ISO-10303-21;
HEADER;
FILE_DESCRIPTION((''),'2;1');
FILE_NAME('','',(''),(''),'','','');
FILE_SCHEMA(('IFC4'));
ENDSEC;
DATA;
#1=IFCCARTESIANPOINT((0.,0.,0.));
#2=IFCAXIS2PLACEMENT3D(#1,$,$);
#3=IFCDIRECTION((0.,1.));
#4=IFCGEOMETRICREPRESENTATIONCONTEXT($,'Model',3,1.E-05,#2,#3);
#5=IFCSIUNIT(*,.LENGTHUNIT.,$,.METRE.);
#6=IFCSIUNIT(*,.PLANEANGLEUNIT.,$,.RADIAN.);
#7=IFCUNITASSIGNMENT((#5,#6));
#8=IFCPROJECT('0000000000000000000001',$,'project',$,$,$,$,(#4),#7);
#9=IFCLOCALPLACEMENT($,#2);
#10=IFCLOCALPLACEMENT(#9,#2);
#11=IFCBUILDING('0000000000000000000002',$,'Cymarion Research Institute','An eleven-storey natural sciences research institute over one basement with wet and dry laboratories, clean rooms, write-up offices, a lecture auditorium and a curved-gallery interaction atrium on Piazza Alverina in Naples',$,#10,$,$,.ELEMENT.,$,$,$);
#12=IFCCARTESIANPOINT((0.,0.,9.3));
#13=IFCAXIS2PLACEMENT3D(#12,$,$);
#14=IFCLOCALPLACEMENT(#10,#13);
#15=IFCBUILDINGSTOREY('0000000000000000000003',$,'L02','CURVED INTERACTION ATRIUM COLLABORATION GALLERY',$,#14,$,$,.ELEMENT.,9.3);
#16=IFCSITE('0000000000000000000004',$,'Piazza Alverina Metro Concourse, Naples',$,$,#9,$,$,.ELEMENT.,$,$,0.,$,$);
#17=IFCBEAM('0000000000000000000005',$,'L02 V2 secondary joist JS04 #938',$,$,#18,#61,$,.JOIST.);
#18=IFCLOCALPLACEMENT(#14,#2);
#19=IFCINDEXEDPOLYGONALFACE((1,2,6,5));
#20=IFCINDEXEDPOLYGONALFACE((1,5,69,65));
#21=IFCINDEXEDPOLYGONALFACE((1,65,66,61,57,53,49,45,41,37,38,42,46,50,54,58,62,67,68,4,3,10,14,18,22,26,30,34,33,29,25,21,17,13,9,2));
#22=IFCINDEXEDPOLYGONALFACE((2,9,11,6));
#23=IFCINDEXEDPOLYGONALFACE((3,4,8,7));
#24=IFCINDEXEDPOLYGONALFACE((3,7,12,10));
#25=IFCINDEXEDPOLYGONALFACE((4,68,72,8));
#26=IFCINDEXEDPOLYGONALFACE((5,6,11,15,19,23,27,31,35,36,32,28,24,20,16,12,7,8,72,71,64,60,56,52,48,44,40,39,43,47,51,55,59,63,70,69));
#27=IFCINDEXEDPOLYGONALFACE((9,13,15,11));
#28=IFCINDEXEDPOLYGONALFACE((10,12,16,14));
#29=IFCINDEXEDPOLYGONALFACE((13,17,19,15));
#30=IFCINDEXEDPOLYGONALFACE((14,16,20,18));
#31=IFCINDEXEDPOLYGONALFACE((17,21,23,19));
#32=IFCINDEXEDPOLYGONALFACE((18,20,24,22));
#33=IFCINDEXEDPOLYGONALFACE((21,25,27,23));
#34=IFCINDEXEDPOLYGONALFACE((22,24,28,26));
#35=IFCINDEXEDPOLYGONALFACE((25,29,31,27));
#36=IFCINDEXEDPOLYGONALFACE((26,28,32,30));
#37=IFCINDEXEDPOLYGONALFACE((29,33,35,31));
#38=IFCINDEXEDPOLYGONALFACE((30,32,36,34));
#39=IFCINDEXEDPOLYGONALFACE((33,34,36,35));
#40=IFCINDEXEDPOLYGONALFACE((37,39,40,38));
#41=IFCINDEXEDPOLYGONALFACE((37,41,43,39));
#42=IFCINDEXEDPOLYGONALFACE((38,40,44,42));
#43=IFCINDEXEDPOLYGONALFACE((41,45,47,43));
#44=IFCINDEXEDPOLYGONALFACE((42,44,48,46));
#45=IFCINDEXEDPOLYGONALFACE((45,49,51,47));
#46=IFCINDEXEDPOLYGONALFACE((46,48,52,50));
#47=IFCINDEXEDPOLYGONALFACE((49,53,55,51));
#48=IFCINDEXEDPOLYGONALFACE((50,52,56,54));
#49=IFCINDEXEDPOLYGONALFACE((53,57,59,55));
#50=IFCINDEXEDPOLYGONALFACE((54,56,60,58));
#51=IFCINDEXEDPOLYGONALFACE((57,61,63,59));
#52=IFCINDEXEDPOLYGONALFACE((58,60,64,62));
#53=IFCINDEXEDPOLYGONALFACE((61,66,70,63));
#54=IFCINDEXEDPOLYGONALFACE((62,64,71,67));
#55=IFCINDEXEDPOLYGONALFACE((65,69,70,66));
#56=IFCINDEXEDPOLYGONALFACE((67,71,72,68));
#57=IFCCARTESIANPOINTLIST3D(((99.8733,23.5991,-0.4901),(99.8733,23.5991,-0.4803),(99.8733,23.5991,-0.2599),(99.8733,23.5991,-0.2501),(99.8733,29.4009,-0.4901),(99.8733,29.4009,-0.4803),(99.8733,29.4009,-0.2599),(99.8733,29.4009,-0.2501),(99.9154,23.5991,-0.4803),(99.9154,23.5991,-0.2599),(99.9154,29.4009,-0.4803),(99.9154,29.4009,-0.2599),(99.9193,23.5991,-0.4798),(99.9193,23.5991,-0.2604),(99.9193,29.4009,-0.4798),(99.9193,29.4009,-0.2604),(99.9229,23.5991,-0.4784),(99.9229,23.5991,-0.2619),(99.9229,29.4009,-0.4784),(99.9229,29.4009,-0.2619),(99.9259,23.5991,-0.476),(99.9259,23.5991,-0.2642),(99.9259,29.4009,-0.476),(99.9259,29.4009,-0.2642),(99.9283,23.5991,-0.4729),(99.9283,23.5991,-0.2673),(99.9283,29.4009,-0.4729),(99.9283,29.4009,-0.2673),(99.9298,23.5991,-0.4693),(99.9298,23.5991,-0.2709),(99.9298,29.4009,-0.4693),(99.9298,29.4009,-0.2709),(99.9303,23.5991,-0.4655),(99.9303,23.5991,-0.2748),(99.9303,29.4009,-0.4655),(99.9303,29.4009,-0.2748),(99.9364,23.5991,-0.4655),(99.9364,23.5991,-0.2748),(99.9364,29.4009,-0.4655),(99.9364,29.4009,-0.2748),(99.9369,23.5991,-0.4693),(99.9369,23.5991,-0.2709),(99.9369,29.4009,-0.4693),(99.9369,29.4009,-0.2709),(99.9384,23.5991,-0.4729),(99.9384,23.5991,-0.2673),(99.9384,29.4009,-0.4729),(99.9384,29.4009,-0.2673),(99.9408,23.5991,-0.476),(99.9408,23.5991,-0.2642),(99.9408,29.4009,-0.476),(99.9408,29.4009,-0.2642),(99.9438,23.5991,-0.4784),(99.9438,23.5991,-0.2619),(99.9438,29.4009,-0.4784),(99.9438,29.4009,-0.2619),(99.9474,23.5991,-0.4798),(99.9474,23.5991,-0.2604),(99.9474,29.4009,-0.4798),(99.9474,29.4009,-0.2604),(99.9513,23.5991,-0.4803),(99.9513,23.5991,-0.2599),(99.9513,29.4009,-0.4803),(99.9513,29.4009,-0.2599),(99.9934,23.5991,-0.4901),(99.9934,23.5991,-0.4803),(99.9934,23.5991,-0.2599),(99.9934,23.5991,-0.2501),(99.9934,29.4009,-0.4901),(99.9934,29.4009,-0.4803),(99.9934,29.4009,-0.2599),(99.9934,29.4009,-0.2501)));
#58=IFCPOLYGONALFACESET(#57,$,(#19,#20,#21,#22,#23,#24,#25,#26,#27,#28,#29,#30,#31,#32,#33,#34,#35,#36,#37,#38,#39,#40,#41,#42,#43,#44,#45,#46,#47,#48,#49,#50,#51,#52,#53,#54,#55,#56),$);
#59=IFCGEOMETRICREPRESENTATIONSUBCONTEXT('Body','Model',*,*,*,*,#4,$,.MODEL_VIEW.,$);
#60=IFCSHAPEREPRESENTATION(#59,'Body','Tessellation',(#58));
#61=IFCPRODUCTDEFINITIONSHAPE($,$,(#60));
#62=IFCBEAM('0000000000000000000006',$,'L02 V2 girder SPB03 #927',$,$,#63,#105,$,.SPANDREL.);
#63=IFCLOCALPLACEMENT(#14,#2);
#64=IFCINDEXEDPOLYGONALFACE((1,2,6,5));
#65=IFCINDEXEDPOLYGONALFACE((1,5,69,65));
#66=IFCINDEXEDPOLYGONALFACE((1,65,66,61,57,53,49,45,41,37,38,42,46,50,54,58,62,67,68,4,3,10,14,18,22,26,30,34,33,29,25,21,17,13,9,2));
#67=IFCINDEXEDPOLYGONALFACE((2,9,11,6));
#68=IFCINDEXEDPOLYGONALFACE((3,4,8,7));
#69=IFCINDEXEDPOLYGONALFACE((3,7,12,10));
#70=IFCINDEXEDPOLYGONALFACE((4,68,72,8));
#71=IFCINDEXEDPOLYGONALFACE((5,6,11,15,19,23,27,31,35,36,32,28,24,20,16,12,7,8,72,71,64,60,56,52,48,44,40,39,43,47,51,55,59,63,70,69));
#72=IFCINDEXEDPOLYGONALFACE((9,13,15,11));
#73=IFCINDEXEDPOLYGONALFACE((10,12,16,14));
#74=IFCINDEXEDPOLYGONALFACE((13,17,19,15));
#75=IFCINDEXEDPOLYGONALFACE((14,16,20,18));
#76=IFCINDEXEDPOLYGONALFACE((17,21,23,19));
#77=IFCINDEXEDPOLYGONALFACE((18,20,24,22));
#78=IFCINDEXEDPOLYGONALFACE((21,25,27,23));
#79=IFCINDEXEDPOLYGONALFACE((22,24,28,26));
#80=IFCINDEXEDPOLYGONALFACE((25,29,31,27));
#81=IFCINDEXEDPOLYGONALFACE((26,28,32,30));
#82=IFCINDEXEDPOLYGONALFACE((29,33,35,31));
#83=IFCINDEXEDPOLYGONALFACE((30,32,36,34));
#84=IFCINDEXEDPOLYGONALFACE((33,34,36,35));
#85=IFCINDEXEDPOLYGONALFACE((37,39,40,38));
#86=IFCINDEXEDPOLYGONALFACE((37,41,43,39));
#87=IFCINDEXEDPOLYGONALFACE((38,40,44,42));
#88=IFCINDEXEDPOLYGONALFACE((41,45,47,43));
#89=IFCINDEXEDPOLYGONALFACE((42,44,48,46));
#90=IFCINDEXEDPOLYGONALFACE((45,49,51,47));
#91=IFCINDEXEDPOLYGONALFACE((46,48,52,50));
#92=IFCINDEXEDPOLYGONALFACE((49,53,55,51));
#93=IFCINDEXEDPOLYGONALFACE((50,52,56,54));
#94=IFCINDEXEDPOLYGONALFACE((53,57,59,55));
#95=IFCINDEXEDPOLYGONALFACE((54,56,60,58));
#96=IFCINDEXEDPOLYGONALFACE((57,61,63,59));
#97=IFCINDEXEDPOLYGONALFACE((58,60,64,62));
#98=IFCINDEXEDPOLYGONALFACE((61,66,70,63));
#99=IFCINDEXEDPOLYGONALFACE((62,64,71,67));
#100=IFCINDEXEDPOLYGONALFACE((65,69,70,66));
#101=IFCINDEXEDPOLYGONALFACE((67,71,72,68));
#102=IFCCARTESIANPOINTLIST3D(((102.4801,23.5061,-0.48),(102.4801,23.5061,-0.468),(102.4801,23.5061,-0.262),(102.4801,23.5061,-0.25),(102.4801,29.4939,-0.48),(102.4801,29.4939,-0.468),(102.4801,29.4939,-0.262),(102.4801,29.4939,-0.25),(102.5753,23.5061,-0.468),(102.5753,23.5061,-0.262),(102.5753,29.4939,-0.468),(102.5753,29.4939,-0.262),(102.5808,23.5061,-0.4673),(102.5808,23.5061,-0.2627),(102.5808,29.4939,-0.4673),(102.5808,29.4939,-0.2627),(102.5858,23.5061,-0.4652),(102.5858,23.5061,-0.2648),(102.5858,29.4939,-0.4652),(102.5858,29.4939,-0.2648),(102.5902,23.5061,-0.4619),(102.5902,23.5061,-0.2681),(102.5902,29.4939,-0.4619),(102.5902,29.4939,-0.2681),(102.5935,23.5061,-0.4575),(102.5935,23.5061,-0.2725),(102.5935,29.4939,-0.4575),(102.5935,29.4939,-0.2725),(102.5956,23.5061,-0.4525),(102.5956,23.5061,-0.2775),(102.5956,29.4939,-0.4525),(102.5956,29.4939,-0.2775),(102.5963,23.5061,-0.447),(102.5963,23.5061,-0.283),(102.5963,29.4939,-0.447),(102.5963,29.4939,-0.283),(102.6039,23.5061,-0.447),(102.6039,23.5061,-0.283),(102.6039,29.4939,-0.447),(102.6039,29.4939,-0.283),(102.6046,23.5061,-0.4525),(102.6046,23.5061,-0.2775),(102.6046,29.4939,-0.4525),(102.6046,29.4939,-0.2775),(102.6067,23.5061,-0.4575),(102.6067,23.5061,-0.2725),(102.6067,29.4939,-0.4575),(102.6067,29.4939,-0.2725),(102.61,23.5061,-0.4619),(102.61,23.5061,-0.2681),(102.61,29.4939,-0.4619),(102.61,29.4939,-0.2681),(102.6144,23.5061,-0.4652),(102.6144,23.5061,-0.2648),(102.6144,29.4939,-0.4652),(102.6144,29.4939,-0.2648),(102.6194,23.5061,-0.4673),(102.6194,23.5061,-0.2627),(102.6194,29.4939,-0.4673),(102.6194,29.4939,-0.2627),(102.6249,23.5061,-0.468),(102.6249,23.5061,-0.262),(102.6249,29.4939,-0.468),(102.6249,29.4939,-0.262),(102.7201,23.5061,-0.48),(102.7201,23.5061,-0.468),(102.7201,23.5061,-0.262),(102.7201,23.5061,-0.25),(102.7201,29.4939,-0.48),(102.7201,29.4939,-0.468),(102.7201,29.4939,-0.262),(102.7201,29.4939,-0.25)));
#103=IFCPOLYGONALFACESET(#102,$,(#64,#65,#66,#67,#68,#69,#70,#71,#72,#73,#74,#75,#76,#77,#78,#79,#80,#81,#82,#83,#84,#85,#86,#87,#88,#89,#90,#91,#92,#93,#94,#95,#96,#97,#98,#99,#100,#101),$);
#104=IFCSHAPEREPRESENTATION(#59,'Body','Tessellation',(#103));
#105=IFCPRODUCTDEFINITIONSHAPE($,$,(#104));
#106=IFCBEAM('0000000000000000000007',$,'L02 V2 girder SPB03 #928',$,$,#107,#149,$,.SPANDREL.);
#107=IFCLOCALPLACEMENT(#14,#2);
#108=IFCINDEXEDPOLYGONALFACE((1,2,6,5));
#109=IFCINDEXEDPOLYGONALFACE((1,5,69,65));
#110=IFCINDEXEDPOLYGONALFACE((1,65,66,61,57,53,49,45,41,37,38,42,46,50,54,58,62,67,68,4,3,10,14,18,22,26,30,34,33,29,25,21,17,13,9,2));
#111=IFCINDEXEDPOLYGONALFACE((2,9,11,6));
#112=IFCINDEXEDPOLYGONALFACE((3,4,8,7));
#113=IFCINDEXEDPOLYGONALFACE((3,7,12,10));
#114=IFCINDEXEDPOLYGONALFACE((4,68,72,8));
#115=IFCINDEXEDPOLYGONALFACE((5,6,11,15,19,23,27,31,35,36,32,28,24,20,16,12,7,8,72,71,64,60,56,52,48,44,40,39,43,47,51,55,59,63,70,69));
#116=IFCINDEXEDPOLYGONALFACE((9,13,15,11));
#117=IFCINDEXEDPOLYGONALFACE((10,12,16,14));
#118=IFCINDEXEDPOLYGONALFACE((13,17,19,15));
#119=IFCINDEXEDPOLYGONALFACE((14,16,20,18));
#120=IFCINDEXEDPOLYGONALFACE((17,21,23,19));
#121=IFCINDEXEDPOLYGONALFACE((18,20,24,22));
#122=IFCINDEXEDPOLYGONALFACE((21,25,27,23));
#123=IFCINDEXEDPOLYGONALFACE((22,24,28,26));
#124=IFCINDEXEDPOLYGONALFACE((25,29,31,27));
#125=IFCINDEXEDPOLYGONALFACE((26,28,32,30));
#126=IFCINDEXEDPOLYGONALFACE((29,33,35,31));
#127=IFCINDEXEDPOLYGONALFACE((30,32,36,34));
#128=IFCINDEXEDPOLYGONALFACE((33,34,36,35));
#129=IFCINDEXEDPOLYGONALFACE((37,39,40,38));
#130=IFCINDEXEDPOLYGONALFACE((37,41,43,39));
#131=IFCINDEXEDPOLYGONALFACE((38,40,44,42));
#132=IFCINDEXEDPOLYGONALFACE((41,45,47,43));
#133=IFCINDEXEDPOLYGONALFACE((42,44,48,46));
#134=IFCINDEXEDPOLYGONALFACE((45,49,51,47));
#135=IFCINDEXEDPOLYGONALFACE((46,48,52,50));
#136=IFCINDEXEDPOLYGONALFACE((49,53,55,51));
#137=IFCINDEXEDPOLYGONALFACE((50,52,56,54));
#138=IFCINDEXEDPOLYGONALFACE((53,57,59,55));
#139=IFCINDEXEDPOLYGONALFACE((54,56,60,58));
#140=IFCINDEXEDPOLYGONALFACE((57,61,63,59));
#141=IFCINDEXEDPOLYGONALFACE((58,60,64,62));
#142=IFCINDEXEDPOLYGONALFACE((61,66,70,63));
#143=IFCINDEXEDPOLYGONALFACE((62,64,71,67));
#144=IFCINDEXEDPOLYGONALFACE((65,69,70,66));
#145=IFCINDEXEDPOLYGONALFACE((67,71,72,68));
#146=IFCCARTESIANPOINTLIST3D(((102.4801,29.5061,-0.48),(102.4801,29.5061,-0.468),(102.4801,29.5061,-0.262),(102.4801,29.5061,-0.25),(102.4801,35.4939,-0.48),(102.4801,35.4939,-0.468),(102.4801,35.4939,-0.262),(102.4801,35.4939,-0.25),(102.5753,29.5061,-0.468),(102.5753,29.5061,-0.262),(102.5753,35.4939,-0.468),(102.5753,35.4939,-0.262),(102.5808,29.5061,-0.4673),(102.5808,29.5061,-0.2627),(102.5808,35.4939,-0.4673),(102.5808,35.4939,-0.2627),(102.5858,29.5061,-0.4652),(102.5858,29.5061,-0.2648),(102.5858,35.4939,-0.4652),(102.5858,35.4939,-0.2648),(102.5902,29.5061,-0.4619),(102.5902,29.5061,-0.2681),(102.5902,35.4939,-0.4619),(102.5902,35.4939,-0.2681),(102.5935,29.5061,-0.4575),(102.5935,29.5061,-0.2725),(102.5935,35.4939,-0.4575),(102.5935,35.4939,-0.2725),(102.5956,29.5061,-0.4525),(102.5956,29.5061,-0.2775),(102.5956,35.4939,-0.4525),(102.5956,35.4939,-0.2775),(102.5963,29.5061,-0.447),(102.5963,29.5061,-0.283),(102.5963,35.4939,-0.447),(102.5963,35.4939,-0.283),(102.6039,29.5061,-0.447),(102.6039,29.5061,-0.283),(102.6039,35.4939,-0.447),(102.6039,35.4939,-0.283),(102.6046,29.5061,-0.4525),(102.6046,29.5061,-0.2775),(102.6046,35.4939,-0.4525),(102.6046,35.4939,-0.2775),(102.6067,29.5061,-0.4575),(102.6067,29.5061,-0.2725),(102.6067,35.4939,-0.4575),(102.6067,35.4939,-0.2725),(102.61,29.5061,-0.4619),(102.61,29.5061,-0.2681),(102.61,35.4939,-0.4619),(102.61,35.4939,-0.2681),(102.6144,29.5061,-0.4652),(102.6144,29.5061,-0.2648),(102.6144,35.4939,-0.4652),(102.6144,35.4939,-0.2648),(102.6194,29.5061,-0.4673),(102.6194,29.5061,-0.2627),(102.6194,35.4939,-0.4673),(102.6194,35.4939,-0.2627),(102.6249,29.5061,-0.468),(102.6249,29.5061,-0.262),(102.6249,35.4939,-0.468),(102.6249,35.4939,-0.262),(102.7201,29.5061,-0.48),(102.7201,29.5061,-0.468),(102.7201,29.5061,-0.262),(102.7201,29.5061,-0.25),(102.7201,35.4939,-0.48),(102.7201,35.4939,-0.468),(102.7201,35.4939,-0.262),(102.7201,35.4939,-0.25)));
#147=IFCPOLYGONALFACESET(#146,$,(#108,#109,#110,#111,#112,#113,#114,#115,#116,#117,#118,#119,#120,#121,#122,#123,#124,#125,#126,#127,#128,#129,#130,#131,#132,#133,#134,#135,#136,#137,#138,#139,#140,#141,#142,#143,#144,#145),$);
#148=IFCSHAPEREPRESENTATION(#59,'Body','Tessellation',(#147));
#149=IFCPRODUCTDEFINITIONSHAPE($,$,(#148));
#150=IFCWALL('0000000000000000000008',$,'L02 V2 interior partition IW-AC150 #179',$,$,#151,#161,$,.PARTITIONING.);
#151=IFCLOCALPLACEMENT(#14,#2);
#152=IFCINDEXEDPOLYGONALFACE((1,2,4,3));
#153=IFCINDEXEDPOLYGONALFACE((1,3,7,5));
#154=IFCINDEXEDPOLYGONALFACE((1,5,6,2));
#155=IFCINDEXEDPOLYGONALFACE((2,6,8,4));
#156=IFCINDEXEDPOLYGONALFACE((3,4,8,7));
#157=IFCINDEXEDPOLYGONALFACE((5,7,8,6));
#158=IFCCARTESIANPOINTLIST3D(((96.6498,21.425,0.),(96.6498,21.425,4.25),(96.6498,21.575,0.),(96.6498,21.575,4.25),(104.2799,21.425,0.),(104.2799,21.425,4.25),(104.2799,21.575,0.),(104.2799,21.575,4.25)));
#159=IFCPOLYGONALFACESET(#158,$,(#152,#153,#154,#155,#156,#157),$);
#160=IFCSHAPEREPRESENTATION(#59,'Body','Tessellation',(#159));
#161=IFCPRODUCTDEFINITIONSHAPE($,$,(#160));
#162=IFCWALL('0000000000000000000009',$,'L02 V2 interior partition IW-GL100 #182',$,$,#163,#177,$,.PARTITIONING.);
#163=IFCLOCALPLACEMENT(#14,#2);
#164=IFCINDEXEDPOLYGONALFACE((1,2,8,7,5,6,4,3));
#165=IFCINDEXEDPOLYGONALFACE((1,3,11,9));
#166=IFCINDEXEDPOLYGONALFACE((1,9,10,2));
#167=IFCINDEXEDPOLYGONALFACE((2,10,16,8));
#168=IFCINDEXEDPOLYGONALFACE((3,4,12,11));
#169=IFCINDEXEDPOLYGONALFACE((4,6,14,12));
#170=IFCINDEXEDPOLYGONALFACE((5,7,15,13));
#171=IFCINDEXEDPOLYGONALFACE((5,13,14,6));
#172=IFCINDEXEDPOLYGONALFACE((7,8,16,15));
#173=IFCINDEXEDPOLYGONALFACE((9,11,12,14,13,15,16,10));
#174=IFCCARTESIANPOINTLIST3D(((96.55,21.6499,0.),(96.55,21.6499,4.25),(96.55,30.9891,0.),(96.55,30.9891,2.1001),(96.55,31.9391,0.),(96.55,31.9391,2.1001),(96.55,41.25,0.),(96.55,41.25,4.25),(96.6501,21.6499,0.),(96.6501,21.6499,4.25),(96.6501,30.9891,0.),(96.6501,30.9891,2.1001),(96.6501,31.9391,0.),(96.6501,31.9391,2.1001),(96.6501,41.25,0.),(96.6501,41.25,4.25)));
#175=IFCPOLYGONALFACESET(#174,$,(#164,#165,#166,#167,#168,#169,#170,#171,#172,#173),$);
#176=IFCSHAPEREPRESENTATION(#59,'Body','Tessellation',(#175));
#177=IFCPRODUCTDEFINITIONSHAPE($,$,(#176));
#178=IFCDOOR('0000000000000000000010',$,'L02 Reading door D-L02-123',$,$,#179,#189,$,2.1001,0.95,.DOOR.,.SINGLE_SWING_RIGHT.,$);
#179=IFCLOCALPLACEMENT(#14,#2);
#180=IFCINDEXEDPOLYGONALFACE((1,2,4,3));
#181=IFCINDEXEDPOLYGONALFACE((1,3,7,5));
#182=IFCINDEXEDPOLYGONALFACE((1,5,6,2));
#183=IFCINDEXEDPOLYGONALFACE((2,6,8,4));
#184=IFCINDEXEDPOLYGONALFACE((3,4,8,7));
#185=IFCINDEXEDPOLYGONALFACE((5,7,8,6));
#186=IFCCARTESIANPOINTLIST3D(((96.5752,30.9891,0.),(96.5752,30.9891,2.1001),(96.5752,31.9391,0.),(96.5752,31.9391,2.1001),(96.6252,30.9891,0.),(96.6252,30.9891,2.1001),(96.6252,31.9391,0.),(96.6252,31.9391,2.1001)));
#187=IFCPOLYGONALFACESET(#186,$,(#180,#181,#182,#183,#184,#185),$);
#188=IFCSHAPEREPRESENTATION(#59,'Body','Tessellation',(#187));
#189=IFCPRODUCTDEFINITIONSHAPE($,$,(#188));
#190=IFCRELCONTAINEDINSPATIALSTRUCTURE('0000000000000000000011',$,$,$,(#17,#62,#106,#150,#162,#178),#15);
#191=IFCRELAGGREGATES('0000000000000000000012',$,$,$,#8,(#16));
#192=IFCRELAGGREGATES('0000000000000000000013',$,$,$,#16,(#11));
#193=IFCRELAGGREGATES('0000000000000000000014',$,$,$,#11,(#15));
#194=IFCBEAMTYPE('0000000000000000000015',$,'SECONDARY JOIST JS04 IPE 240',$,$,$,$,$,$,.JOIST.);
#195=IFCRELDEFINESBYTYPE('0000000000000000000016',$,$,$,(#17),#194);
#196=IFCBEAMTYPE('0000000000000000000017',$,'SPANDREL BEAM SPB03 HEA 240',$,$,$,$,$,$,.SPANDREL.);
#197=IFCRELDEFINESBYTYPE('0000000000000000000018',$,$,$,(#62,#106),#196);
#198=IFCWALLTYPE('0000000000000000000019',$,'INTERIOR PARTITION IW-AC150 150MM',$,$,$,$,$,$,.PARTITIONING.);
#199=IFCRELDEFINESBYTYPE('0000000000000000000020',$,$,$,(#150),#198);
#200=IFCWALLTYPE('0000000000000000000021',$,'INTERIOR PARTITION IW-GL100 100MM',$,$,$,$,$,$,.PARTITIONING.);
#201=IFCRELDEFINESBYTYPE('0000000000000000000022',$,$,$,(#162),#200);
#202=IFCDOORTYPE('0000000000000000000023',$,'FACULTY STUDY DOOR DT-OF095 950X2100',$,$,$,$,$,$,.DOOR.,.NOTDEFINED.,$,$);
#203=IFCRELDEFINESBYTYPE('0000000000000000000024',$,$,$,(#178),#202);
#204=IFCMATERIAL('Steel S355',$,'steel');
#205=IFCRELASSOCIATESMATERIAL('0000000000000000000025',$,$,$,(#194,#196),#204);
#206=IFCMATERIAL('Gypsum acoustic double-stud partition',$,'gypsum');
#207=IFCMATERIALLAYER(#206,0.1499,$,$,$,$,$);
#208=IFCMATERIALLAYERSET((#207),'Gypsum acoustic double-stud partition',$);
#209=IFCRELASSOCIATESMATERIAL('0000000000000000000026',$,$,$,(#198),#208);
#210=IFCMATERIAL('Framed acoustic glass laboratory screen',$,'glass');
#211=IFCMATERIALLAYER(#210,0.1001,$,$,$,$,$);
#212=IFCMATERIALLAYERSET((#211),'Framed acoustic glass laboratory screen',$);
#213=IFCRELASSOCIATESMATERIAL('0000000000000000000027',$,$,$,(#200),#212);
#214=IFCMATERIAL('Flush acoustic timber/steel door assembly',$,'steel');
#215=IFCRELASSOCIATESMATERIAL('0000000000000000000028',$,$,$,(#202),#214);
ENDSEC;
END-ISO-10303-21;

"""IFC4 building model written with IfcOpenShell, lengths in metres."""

from ifc_helpers import new_model, si_unit, direction, frame, frame_2d, origin, origin_2d, place, context, subcontext, project, spatial, rectangle, i_section, extrude, material, layer, layer_set, material_profile, profile_set, type_object, element, fill, save


model = new_model("IFC4")

# Units and contexts
model_context = context("Model", 3, precision=1e-05, world=origin(), true_north=direction((0.0, 1.0)))
body_context = subcontext(model_context, "Body", "Model", "MODEL_VIEW")
ifc_project = project(units=[si_unit("LENGTHUNIT", "METRE"), si_unit("PLANEANGLEUNIT", "RADIAN")], contexts=[model_context])

# Site, building, storey
site_placement = place(None, origin())
site = spatial("IfcSite", under=ifc_project, at=site_placement, Name="Piazza Alverina Metro Concourse, Naples", CompositionType="ELEMENT", RefElevation=0.0)
building_placement = place(site_placement, origin())
building = spatial("IfcBuilding", under=site, at=building_placement, Name="Cymarion Research Institute", Description="An eleven-storey natural sciences research institute over one basement with wet and dry laboratories, clean rooms, write-up offices, a lecture auditorium and a curved-gallery interaction atrium on Piazza Alverina in Naples", CompositionType="ELEMENT")
storey_placement = place(building_placement, frame((0.0, 0.0, 9.3)))
storey = spatial("IfcBuildingStorey", under=building, at=storey_placement, Name="L02", Description="CURVED INTERACTION ATRIUM COLLABORATION GALLERY", CompositionType="ELEMENT", Elevation=9.3)

# Shared definitions
ifc_material_1 = material(Name="Steel S355", Category="steel")

# Beams
ifc_material_profile_1 = material_profile(ifc_material_1, i_section(OverallWidth=0.1201, OverallDepth=0.24, WebThickness=0.0061, FlangeThickness=0.0098, FilletRadius=0.0149, at=origin_2d()), Name="IPE 240")
ifc_profile_set_1 = profile_set([ifc_material_profile_1], Name="Steel S355")
beam_type_1 = type_object("IfcBeamType", Name="SECONDARY JOIST JS04 IPE 240", PredefinedType="JOIST", material=ifc_profile_set_1)
for number, where, z_axis, x_axis, name in (
    (1, (99.9333, 23.5991, -0.3701), (0.0, 1.0, 0.0), (-1.0, 0.0, 0.0), "L02 V2 secondary joist JS04 #938"),
):
    element("IfcBeam", number, at=place(storey_placement, frame(where, z_axis=z_axis, x_axis=x_axis)), inside=storey, type_object=beam_type_1, Name=name, PredefinedType="JOIST", context=body_context, shape_type="SweptSolid", body=[
        extrude(i_section(OverallWidth=0.1201, OverallDepth=0.24, WebThickness=0.0061, FlangeThickness=0.0098, FilletRadius=0.0149, at=origin_2d()), origin(), (0.0, 0.0, 1.0), 5.8018),
    ])
ifc_material_profile_2 = material_profile(ifc_material_1, i_section(OverallWidth=0.24, OverallDepth=0.23, WebThickness=0.0076, FlangeThickness=0.012, FilletRadius=0.021, at=origin_2d()), Name="HEA 240")
ifc_profile_set_2 = profile_set([ifc_material_profile_2], Name="Steel S355")
beam_type_2 = type_object("IfcBeamType", Name="SPANDREL BEAM SPB03 HEA 240", PredefinedType="SPANDREL", material=ifc_profile_set_2)
for number, where, z_axis, x_axis, name in (
    (2, (102.6001, 23.5061, -0.365), (0.0, 1.0, 0.0), (-1.0, 0.0, 0.0), "L02 V2 girder SPB03 #927"),
    (3, (102.6001, 29.5061, -0.365), (0.0, 1.0, 0.0), (-1.0, 0.0, 0.0), "L02 V2 girder SPB03 #928"),
):
    element("IfcBeam", number, at=place(storey_placement, frame(where, z_axis=z_axis, x_axis=x_axis)), inside=storey, type_object=beam_type_2, Name=name, PredefinedType="SPANDREL", context=body_context, shape_type="SweptSolid", body=[
        extrude(i_section(OverallWidth=0.24, OverallDepth=0.23, WebThickness=0.0076, FlangeThickness=0.012, FilletRadius=0.021, at=origin_2d()), origin(), (0.0, 0.0, 1.0), 5.9878),
    ])

# Wall
ifc_material_2 = material(Name="Gypsum acoustic double-stud partition", Category="gypsum")
ifc_layer_1 = layer(ifc_material_2, 0.1499)
ifc_layer_set_1 = layer_set([ifc_layer_1], Name="Gypsum acoustic double-stud partition")
wall_type_1 = type_object("IfcWallType", Name="INTERIOR PARTITION IW-AC150 150MM", PredefinedType="PARTITIONING", material=ifc_layer_set_1)
wall_1_placement = place(storey_placement, frame((96.6499, 21.5, 0.0), z_axis=(0.0, 0.0, 1.0), x_axis=(1.0, 0.0, 0.0)))
element("IfcWall", 4, at=wall_1_placement, inside=storey, type_object=wall_type_1, Name="L02 V2 interior partition IW-AC150 #179", PredefinedType="PARTITIONING", context=body_context, shape_type="SweptSolid", body=[
    extrude(rectangle(XDim=7.6301, YDim=0.1499, at=frame_2d((3.8149, 0.0))), origin(), (0.0, 0.0, 1.0), 4.25),
])

# Wall, opening, door
ifc_material_3 = material(Name="Framed acoustic glass laboratory screen", Category="glass")
ifc_layer_2 = layer(ifc_material_3, 0.1001)
ifc_layer_set_2 = layer_set([ifc_layer_2], Name="Framed acoustic glass laboratory screen")
wall_type_2 = type_object("IfcWallType", Name="INTERIOR PARTITION IW-GL100 100MM", PredefinedType="PARTITIONING", material=ifc_layer_set_2)
wall_2_placement = place(storey_placement, frame((96.6001, 21.6499, 0.0), z_axis=(0.0, 0.0, 1.0), x_axis=(0.0, 1.0, 0.0)))
wall_2 = element("IfcWall", 5, at=wall_2_placement, inside=storey, type_object=wall_type_2, Name="L02 V2 interior partition IW-GL100 #182", PredefinedType="PARTITIONING", context=body_context, shape_type="SweptSolid", body=[
    extrude(rectangle(XDim=19.6001, YDim=0.1001, at=frame_2d((9.8, 0.0))), origin(), (0.0, 0.0, 1.0), 4.25),
])
opening_placement = place(wall_2_placement, frame((9.3391, 0.0, 0.0)))
opening = element("IfcOpeningElement", 6, at=opening_placement, cuts=wall_2, PredefinedType="OPENING", context=body_context, shape_type="SweptSolid", body=[
    extrude(rectangle(XDim=0.95, YDim=2.1001, at=frame_2d((0.4751, 1.05))), frame((0.0, 0.0601, 0.0), z_axis=(0.0, -1.0, 0.0), x_axis=(1.0, 0.0, 0.0)), (0.0, 0.0, 1.0), 0.1201),
])
ifc_material_4 = material(Name="Flush acoustic timber/steel door assembly", Category="steel")
door_type = type_object("IfcDoorType", Name="FACULTY STUDY DOOR DT-OF095 950X2100", OperationType="NOTDEFINED", PredefinedType="DOOR", material=ifc_material_4)
door_placement = place(opening_placement, origin())
door = element("IfcDoor", 7, at=door_placement, inside=storey, type_object=door_type, Name="L02 Reading door D-L02-123", OperationType="SINGLE_SWING_RIGHT", OverallHeight=2.1001, OverallWidth=0.95, PredefinedType="DOOR", context=body_context, shape_type="SweptSolid", body=[
    extrude(rectangle(XDim=0.95, YDim=2.1001, at=frame_2d((0.4751, 1.05))), frame((0.0, 0.0249, 0.0), z_axis=(0.0, -1.0, 0.0), x_axis=(1.0, 0.0, 0.0)), (0.0, 0.0, 1.0), 0.05),
])
fill(opening, door)

save(model, "model.ifc")
